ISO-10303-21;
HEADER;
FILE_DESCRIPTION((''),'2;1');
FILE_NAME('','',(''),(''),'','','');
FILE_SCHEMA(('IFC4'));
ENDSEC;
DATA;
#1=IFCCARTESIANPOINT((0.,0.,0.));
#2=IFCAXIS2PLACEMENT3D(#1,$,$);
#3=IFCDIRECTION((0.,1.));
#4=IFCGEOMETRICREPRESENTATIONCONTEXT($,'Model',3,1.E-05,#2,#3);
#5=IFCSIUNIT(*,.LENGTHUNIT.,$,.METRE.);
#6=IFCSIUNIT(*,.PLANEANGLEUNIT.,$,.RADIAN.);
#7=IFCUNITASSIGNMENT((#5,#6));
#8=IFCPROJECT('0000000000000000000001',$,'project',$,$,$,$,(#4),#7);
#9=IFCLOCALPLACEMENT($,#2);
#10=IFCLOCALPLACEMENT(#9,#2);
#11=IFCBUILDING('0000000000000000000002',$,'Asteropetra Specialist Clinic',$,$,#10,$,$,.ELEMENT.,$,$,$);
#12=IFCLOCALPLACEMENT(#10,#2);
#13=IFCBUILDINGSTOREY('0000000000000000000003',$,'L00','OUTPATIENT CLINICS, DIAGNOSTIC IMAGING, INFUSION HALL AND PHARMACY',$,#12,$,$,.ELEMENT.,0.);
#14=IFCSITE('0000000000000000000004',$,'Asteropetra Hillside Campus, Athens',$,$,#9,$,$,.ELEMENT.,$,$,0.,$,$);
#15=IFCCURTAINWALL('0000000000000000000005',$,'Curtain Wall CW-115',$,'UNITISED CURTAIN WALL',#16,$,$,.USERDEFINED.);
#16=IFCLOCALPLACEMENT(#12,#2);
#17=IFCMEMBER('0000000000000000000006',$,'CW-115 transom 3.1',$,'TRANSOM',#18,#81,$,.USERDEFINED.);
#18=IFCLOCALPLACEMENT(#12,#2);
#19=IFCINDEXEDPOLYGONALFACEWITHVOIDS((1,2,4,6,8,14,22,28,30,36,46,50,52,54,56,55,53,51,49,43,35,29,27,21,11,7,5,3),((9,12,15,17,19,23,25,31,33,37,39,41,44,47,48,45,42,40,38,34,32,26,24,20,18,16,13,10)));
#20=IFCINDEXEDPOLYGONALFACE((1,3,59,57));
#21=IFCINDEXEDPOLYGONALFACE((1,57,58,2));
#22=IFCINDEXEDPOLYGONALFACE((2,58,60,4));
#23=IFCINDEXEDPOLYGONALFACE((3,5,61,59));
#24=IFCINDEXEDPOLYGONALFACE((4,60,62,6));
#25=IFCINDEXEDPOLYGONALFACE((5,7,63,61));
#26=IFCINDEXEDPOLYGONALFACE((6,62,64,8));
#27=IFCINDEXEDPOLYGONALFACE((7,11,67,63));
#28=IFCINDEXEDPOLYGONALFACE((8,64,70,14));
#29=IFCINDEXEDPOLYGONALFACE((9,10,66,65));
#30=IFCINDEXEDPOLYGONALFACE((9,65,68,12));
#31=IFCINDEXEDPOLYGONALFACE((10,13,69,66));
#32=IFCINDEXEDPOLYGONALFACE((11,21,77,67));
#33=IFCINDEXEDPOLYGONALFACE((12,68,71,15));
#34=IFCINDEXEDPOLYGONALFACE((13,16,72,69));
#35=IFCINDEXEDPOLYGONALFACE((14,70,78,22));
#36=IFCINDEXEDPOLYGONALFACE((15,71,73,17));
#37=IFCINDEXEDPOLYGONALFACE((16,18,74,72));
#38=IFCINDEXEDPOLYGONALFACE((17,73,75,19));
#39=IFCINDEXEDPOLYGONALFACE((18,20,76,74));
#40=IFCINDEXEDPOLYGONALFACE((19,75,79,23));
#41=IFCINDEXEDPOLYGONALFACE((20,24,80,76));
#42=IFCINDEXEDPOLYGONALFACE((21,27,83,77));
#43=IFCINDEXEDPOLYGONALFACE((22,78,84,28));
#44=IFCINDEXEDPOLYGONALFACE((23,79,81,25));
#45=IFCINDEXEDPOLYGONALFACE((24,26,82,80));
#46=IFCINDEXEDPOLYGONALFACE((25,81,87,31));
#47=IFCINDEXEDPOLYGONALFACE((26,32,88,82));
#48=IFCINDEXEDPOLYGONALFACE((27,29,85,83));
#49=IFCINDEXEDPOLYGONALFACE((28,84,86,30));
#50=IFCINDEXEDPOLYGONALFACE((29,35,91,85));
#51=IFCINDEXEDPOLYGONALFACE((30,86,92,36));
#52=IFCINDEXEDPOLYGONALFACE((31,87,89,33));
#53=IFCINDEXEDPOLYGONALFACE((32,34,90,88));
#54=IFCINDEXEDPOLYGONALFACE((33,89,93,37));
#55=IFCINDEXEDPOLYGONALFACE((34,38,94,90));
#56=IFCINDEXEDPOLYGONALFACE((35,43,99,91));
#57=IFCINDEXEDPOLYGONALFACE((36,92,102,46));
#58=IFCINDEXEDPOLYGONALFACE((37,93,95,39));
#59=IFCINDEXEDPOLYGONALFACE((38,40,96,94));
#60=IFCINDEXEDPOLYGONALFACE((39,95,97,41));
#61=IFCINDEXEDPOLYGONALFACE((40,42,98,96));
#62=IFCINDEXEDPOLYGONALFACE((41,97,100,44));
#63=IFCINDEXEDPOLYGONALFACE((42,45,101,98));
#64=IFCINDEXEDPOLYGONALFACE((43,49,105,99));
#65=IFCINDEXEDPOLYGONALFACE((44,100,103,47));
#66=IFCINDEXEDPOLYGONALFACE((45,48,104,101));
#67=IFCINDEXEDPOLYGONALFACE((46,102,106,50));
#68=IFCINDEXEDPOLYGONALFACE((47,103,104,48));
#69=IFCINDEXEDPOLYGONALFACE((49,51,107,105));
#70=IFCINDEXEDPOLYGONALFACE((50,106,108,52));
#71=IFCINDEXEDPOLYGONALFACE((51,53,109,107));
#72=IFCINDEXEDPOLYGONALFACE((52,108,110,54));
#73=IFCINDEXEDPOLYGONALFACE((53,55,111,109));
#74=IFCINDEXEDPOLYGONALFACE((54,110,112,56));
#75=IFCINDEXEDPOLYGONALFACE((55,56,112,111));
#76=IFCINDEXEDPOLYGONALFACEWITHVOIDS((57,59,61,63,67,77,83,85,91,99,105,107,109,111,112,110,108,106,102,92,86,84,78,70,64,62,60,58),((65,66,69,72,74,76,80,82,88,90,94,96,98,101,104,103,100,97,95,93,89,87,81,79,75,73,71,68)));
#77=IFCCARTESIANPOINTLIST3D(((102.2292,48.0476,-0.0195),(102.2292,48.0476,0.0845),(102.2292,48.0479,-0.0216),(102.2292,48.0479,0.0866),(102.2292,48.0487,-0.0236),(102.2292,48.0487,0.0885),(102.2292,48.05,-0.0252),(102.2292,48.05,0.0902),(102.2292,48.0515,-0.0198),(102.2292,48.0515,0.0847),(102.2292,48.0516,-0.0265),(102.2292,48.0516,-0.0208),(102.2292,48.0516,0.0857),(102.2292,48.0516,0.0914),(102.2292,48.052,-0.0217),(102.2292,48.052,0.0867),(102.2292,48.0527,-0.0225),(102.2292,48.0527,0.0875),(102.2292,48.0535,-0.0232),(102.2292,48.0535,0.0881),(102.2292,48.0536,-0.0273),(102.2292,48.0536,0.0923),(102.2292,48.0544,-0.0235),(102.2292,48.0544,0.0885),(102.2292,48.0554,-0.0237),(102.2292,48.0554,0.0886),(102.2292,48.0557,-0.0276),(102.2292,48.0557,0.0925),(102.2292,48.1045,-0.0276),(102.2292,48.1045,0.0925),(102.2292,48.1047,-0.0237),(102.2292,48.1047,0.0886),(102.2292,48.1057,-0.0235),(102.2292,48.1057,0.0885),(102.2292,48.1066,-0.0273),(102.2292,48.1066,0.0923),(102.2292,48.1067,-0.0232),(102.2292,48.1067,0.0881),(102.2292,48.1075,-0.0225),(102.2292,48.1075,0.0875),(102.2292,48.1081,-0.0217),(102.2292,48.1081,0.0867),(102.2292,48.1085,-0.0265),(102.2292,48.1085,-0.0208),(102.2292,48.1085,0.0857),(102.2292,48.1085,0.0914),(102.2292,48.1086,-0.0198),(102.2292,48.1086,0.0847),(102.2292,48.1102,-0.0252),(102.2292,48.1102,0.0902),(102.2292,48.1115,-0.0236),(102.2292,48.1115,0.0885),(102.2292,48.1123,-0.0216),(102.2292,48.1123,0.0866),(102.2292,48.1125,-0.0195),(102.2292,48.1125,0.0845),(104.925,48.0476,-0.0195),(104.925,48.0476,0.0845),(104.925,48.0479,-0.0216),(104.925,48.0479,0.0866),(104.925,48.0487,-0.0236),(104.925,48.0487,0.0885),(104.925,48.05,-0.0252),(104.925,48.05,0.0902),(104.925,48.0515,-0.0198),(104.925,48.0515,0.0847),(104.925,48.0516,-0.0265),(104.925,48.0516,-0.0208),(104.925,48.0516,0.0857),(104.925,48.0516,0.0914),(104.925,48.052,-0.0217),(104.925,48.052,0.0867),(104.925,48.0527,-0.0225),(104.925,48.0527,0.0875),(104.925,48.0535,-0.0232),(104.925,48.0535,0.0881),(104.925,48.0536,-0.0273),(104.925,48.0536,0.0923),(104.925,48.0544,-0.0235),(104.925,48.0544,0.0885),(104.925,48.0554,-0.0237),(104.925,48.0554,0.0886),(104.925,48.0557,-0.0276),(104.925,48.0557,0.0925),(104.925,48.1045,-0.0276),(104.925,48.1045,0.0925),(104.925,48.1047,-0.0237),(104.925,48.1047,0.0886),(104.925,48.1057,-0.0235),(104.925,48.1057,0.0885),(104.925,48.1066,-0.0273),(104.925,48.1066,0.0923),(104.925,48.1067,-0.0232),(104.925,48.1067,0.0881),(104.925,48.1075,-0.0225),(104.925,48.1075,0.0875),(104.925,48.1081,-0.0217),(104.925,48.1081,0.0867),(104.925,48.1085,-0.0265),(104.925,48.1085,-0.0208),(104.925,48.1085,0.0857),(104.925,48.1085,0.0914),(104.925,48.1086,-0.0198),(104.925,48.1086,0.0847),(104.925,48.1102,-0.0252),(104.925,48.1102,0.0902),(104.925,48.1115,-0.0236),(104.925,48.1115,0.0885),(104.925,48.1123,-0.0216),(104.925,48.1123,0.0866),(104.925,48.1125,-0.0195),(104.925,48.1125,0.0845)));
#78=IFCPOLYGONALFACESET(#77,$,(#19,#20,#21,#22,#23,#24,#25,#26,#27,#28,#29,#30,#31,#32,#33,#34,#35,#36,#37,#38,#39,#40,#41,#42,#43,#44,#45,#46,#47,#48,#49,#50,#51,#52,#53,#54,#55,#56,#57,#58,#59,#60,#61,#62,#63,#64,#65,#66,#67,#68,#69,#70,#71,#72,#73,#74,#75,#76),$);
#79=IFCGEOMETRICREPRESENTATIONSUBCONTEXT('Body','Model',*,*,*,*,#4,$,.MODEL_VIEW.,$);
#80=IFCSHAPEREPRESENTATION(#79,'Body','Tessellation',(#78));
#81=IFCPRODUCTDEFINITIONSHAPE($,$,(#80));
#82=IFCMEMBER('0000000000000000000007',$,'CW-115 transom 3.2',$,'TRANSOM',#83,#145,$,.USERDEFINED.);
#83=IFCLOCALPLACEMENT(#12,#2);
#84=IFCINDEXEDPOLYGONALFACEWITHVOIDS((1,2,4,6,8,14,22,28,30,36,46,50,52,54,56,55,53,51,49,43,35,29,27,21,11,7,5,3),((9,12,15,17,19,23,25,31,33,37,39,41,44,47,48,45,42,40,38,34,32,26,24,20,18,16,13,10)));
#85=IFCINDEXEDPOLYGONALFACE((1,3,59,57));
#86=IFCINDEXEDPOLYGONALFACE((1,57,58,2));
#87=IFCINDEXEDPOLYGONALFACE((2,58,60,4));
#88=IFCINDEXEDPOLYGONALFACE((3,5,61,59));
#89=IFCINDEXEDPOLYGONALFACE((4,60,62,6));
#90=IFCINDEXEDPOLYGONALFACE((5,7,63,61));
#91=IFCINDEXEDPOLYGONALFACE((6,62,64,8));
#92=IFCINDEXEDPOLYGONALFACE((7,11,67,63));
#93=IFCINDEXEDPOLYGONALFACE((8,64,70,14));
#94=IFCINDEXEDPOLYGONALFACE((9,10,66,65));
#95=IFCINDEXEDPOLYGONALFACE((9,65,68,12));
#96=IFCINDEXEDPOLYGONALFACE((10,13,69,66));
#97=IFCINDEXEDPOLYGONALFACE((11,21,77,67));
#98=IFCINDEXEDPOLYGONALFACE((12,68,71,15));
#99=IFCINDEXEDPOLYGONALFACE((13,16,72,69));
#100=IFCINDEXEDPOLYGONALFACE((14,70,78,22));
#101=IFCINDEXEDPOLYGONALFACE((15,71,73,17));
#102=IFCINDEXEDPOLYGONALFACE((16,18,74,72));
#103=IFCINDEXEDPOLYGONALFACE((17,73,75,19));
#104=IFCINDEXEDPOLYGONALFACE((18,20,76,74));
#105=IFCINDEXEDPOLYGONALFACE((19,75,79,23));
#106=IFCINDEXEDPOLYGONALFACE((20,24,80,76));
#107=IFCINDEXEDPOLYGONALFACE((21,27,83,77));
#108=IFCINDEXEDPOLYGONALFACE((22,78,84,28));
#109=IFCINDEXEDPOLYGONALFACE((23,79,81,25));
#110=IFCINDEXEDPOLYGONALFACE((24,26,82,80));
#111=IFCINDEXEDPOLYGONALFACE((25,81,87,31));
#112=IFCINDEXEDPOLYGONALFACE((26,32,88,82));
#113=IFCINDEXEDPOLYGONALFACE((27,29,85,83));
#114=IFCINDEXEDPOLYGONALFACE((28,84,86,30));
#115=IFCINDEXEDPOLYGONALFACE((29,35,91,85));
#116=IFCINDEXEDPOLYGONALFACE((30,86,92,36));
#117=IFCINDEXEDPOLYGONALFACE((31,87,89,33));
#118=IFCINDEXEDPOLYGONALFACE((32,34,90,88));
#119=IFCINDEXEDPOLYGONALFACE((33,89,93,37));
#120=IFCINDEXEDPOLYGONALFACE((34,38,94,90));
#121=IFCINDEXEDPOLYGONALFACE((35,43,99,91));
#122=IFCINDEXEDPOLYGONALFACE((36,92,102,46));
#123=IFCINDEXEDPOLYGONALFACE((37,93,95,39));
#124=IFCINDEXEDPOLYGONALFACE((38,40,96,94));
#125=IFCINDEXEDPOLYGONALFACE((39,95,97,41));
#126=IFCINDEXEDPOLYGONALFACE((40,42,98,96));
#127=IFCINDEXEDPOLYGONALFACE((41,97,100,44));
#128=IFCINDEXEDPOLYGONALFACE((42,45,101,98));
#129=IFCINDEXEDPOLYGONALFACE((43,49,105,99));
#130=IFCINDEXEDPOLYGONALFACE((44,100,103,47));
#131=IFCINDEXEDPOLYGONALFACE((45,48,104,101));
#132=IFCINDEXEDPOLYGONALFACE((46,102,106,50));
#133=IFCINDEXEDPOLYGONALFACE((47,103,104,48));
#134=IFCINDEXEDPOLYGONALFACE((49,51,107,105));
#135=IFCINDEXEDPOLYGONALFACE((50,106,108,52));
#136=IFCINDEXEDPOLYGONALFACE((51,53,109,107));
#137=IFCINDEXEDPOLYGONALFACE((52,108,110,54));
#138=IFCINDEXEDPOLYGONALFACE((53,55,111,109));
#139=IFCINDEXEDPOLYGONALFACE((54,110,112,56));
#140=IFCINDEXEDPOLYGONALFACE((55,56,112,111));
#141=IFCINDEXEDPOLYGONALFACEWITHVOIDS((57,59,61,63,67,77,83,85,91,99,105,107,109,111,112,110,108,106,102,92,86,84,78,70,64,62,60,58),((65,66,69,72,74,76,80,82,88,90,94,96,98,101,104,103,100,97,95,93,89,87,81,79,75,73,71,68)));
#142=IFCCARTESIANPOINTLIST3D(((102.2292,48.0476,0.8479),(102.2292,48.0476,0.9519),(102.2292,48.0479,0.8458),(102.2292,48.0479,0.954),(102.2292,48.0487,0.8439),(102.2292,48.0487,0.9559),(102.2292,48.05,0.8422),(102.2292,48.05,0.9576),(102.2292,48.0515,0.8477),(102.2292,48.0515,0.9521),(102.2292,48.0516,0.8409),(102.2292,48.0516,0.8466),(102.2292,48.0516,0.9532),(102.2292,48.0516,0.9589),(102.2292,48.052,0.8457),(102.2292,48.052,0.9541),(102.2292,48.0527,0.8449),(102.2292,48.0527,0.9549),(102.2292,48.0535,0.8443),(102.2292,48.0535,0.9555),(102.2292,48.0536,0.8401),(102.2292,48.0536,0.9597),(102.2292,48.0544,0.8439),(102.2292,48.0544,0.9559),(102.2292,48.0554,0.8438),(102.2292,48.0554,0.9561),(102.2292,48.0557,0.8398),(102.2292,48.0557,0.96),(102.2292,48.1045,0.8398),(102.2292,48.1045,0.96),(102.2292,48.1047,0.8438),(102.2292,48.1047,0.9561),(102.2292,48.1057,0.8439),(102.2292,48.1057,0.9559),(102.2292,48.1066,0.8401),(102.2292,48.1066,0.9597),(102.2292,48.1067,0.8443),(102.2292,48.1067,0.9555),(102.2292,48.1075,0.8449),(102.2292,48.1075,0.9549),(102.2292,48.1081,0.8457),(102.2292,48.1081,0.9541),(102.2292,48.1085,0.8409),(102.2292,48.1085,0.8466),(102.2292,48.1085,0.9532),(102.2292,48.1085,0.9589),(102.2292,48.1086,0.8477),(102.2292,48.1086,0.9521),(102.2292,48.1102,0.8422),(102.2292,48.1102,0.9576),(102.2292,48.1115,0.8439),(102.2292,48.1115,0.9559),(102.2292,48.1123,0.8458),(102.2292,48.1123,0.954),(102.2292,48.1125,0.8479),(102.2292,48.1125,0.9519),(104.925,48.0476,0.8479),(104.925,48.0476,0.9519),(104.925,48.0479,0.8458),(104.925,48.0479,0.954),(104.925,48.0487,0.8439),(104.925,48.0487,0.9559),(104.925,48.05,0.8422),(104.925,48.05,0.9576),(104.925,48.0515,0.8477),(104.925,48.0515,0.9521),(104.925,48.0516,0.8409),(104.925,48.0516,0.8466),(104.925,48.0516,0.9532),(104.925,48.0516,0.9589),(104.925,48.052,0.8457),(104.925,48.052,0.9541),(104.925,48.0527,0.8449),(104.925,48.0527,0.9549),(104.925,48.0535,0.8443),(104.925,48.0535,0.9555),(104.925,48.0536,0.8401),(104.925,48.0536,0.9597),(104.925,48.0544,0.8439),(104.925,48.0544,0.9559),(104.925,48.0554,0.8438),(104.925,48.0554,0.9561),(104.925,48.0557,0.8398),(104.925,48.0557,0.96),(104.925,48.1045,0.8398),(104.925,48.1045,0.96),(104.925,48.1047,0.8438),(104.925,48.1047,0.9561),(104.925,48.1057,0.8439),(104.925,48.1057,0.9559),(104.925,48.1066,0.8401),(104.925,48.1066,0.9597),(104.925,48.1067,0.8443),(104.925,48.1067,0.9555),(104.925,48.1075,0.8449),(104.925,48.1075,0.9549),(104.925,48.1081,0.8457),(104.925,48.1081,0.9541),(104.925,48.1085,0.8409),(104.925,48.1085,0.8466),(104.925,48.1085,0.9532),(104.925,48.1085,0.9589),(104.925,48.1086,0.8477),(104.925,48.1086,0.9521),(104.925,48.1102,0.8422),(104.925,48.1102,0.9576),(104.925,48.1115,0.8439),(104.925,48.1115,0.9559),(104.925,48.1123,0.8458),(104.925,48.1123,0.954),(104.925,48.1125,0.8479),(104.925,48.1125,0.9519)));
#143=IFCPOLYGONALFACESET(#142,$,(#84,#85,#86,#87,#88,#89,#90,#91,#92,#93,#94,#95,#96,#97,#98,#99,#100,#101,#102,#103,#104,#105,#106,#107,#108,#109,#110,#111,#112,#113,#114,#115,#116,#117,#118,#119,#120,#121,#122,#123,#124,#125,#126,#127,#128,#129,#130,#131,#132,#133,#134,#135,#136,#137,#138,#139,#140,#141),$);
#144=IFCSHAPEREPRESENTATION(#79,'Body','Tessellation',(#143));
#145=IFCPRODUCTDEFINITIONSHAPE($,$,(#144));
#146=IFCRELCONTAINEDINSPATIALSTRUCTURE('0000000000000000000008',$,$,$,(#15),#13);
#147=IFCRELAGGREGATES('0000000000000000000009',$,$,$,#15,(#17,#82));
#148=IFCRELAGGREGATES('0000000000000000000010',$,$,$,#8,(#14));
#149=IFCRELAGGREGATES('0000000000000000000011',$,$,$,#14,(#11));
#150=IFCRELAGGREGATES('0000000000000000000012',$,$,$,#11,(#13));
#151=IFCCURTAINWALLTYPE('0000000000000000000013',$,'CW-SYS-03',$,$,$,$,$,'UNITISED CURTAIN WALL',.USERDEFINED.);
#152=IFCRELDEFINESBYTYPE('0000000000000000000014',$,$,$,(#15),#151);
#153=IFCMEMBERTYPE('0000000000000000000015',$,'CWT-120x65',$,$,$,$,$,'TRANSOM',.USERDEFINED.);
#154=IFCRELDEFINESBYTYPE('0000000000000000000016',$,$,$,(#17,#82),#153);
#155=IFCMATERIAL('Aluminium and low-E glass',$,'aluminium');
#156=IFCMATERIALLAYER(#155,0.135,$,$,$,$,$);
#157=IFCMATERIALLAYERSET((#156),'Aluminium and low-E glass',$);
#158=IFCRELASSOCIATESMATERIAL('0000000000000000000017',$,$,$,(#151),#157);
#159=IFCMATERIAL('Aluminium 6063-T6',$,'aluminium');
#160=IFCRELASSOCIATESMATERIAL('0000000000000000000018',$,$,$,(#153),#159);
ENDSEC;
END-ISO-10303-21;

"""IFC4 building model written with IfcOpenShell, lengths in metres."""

from ifc_helpers import new_model, si_unit, direction, frame, origin, origin_2d, place, context, subcontext, project, spatial, hollow_rectangle, extrude, material, layer, layer_set, material_profile, profile_set, type_object, element, aggregate, save


model = new_model("IFC4")

# Units and contexts
model_context = context("Model", 3, precision=1e-05, world=origin(), true_north=direction((0.0, 1.0)))
body_context = subcontext(model_context, "Body", "Model", "MODEL_VIEW")
ifc_project = project(units=[si_unit("LENGTHUNIT", "METRE"), si_unit("PLANEANGLEUNIT", "RADIAN")], contexts=[model_context])

# Site, building, storey
site_placement = place(None, origin())
site = spatial("IfcSite", under=ifc_project, at=site_placement, Name="Asteropetra Hillside Campus, Athens", CompositionType="ELEMENT", RefElevation=0.0)
building_placement = place(site_placement, origin())
building = spatial("IfcBuilding", under=site, at=building_placement, Name="Asteropetra Specialist Clinic", CompositionType="ELEMENT")
storey_placement = place(building_placement, origin())
storey = spatial("IfcBuildingStorey", under=building, at=storey_placement, Name="L00", Description="OUTPATIENT CLINICS, DIAGNOSTIC IMAGING, INFUSION HALL AND PHARMACY", CompositionType="ELEMENT", Elevation=0.0)

# Curtain wall
ifc_material_1 = material(Name="Aluminium and low-E glass", Category="aluminium")
ifc_layer_1 = layer(ifc_material_1, 0.135)
ifc_layer_set_1 = layer_set([ifc_layer_1], Name="Aluminium and low-E glass")
curtain_wall_type_1 = type_object("IfcCurtainWallType", Name="CW-SYS-03", ElementType="UNITISED CURTAIN WALL", PredefinedType="USERDEFINED", material=ifc_layer_set_1)
curtain_wall_1_placement = place(storey_placement, origin())
curtain_wall_1 = element("IfcCurtainWall", 1, at=curtain_wall_1_placement, inside=storey, type_object=curtain_wall_type_1, Name="Curtain Wall CW-115", ObjectType="UNITISED CURTAIN WALL", PredefinedType="USERDEFINED")

# Members
ifc_material_2 = material(Name="Aluminium 6063-T6", Category="aluminium")
ifc_material_profile_1 = material_profile(ifc_material_2, hollow_rectangle(XDim=0.0649, YDim=0.1201, WallThickness=0.0039, InnerFilletRadius=0.0039, OuterFilletRadius=0.0081, at=origin_2d()), Name="TRN 120x65x4.0")
ifc_profile_set_1 = profile_set([ifc_material_profile_1], Name="Aluminium 6063-T6")
member_type_1 = type_object("IfcMemberType", Name="CWT-120x65", ElementType="TRANSOM", PredefinedType="USERDEFINED", material=ifc_profile_set_1)
member_1_placement = place(storey_placement, frame((102.2292, 48.0801, 0.0325), z_axis=(1.0, 0.0, 0.0), x_axis=(0.0, 1.0, 0.0)))
member_1 = element("IfcMember", 2, at=member_1_placement, type_object=member_type_1, Name="CW-115 transom 3.1", ObjectType="TRANSOM", PredefinedType="USERDEFINED", context=body_context, shape_type="SweptSolid", body=[
    extrude(hollow_rectangle(XDim=0.0649, YDim=0.1201, WallThickness=0.0039, InnerFilletRadius=0.0039, OuterFilletRadius=0.0081, at=origin_2d()), origin(), (0.0, 0.0, 1.0), 2.6958),
])
member_2_placement = place(storey_placement, frame((102.2292, 48.0801, 0.8999), z_axis=(1.0, 0.0, 0.0), x_axis=(0.0, 1.0, 0.0)))
member_2 = element("IfcMember", 3, at=member_2_placement, type_object=member_type_1, Name="CW-115 transom 3.2", ObjectType="TRANSOM", PredefinedType="USERDEFINED", context=body_context, shape_type="SweptSolid", body=[
    extrude(hollow_rectangle(XDim=0.0649, YDim=0.1201, WallThickness=0.0039, InnerFilletRadius=0.0039, OuterFilletRadius=0.0081, at=origin_2d()), origin(), (0.0, 0.0, 1.0), 2.6958),
])

aggregate(curtain_wall_1, [member_1, member_2])

save(model, "model.ifc")
